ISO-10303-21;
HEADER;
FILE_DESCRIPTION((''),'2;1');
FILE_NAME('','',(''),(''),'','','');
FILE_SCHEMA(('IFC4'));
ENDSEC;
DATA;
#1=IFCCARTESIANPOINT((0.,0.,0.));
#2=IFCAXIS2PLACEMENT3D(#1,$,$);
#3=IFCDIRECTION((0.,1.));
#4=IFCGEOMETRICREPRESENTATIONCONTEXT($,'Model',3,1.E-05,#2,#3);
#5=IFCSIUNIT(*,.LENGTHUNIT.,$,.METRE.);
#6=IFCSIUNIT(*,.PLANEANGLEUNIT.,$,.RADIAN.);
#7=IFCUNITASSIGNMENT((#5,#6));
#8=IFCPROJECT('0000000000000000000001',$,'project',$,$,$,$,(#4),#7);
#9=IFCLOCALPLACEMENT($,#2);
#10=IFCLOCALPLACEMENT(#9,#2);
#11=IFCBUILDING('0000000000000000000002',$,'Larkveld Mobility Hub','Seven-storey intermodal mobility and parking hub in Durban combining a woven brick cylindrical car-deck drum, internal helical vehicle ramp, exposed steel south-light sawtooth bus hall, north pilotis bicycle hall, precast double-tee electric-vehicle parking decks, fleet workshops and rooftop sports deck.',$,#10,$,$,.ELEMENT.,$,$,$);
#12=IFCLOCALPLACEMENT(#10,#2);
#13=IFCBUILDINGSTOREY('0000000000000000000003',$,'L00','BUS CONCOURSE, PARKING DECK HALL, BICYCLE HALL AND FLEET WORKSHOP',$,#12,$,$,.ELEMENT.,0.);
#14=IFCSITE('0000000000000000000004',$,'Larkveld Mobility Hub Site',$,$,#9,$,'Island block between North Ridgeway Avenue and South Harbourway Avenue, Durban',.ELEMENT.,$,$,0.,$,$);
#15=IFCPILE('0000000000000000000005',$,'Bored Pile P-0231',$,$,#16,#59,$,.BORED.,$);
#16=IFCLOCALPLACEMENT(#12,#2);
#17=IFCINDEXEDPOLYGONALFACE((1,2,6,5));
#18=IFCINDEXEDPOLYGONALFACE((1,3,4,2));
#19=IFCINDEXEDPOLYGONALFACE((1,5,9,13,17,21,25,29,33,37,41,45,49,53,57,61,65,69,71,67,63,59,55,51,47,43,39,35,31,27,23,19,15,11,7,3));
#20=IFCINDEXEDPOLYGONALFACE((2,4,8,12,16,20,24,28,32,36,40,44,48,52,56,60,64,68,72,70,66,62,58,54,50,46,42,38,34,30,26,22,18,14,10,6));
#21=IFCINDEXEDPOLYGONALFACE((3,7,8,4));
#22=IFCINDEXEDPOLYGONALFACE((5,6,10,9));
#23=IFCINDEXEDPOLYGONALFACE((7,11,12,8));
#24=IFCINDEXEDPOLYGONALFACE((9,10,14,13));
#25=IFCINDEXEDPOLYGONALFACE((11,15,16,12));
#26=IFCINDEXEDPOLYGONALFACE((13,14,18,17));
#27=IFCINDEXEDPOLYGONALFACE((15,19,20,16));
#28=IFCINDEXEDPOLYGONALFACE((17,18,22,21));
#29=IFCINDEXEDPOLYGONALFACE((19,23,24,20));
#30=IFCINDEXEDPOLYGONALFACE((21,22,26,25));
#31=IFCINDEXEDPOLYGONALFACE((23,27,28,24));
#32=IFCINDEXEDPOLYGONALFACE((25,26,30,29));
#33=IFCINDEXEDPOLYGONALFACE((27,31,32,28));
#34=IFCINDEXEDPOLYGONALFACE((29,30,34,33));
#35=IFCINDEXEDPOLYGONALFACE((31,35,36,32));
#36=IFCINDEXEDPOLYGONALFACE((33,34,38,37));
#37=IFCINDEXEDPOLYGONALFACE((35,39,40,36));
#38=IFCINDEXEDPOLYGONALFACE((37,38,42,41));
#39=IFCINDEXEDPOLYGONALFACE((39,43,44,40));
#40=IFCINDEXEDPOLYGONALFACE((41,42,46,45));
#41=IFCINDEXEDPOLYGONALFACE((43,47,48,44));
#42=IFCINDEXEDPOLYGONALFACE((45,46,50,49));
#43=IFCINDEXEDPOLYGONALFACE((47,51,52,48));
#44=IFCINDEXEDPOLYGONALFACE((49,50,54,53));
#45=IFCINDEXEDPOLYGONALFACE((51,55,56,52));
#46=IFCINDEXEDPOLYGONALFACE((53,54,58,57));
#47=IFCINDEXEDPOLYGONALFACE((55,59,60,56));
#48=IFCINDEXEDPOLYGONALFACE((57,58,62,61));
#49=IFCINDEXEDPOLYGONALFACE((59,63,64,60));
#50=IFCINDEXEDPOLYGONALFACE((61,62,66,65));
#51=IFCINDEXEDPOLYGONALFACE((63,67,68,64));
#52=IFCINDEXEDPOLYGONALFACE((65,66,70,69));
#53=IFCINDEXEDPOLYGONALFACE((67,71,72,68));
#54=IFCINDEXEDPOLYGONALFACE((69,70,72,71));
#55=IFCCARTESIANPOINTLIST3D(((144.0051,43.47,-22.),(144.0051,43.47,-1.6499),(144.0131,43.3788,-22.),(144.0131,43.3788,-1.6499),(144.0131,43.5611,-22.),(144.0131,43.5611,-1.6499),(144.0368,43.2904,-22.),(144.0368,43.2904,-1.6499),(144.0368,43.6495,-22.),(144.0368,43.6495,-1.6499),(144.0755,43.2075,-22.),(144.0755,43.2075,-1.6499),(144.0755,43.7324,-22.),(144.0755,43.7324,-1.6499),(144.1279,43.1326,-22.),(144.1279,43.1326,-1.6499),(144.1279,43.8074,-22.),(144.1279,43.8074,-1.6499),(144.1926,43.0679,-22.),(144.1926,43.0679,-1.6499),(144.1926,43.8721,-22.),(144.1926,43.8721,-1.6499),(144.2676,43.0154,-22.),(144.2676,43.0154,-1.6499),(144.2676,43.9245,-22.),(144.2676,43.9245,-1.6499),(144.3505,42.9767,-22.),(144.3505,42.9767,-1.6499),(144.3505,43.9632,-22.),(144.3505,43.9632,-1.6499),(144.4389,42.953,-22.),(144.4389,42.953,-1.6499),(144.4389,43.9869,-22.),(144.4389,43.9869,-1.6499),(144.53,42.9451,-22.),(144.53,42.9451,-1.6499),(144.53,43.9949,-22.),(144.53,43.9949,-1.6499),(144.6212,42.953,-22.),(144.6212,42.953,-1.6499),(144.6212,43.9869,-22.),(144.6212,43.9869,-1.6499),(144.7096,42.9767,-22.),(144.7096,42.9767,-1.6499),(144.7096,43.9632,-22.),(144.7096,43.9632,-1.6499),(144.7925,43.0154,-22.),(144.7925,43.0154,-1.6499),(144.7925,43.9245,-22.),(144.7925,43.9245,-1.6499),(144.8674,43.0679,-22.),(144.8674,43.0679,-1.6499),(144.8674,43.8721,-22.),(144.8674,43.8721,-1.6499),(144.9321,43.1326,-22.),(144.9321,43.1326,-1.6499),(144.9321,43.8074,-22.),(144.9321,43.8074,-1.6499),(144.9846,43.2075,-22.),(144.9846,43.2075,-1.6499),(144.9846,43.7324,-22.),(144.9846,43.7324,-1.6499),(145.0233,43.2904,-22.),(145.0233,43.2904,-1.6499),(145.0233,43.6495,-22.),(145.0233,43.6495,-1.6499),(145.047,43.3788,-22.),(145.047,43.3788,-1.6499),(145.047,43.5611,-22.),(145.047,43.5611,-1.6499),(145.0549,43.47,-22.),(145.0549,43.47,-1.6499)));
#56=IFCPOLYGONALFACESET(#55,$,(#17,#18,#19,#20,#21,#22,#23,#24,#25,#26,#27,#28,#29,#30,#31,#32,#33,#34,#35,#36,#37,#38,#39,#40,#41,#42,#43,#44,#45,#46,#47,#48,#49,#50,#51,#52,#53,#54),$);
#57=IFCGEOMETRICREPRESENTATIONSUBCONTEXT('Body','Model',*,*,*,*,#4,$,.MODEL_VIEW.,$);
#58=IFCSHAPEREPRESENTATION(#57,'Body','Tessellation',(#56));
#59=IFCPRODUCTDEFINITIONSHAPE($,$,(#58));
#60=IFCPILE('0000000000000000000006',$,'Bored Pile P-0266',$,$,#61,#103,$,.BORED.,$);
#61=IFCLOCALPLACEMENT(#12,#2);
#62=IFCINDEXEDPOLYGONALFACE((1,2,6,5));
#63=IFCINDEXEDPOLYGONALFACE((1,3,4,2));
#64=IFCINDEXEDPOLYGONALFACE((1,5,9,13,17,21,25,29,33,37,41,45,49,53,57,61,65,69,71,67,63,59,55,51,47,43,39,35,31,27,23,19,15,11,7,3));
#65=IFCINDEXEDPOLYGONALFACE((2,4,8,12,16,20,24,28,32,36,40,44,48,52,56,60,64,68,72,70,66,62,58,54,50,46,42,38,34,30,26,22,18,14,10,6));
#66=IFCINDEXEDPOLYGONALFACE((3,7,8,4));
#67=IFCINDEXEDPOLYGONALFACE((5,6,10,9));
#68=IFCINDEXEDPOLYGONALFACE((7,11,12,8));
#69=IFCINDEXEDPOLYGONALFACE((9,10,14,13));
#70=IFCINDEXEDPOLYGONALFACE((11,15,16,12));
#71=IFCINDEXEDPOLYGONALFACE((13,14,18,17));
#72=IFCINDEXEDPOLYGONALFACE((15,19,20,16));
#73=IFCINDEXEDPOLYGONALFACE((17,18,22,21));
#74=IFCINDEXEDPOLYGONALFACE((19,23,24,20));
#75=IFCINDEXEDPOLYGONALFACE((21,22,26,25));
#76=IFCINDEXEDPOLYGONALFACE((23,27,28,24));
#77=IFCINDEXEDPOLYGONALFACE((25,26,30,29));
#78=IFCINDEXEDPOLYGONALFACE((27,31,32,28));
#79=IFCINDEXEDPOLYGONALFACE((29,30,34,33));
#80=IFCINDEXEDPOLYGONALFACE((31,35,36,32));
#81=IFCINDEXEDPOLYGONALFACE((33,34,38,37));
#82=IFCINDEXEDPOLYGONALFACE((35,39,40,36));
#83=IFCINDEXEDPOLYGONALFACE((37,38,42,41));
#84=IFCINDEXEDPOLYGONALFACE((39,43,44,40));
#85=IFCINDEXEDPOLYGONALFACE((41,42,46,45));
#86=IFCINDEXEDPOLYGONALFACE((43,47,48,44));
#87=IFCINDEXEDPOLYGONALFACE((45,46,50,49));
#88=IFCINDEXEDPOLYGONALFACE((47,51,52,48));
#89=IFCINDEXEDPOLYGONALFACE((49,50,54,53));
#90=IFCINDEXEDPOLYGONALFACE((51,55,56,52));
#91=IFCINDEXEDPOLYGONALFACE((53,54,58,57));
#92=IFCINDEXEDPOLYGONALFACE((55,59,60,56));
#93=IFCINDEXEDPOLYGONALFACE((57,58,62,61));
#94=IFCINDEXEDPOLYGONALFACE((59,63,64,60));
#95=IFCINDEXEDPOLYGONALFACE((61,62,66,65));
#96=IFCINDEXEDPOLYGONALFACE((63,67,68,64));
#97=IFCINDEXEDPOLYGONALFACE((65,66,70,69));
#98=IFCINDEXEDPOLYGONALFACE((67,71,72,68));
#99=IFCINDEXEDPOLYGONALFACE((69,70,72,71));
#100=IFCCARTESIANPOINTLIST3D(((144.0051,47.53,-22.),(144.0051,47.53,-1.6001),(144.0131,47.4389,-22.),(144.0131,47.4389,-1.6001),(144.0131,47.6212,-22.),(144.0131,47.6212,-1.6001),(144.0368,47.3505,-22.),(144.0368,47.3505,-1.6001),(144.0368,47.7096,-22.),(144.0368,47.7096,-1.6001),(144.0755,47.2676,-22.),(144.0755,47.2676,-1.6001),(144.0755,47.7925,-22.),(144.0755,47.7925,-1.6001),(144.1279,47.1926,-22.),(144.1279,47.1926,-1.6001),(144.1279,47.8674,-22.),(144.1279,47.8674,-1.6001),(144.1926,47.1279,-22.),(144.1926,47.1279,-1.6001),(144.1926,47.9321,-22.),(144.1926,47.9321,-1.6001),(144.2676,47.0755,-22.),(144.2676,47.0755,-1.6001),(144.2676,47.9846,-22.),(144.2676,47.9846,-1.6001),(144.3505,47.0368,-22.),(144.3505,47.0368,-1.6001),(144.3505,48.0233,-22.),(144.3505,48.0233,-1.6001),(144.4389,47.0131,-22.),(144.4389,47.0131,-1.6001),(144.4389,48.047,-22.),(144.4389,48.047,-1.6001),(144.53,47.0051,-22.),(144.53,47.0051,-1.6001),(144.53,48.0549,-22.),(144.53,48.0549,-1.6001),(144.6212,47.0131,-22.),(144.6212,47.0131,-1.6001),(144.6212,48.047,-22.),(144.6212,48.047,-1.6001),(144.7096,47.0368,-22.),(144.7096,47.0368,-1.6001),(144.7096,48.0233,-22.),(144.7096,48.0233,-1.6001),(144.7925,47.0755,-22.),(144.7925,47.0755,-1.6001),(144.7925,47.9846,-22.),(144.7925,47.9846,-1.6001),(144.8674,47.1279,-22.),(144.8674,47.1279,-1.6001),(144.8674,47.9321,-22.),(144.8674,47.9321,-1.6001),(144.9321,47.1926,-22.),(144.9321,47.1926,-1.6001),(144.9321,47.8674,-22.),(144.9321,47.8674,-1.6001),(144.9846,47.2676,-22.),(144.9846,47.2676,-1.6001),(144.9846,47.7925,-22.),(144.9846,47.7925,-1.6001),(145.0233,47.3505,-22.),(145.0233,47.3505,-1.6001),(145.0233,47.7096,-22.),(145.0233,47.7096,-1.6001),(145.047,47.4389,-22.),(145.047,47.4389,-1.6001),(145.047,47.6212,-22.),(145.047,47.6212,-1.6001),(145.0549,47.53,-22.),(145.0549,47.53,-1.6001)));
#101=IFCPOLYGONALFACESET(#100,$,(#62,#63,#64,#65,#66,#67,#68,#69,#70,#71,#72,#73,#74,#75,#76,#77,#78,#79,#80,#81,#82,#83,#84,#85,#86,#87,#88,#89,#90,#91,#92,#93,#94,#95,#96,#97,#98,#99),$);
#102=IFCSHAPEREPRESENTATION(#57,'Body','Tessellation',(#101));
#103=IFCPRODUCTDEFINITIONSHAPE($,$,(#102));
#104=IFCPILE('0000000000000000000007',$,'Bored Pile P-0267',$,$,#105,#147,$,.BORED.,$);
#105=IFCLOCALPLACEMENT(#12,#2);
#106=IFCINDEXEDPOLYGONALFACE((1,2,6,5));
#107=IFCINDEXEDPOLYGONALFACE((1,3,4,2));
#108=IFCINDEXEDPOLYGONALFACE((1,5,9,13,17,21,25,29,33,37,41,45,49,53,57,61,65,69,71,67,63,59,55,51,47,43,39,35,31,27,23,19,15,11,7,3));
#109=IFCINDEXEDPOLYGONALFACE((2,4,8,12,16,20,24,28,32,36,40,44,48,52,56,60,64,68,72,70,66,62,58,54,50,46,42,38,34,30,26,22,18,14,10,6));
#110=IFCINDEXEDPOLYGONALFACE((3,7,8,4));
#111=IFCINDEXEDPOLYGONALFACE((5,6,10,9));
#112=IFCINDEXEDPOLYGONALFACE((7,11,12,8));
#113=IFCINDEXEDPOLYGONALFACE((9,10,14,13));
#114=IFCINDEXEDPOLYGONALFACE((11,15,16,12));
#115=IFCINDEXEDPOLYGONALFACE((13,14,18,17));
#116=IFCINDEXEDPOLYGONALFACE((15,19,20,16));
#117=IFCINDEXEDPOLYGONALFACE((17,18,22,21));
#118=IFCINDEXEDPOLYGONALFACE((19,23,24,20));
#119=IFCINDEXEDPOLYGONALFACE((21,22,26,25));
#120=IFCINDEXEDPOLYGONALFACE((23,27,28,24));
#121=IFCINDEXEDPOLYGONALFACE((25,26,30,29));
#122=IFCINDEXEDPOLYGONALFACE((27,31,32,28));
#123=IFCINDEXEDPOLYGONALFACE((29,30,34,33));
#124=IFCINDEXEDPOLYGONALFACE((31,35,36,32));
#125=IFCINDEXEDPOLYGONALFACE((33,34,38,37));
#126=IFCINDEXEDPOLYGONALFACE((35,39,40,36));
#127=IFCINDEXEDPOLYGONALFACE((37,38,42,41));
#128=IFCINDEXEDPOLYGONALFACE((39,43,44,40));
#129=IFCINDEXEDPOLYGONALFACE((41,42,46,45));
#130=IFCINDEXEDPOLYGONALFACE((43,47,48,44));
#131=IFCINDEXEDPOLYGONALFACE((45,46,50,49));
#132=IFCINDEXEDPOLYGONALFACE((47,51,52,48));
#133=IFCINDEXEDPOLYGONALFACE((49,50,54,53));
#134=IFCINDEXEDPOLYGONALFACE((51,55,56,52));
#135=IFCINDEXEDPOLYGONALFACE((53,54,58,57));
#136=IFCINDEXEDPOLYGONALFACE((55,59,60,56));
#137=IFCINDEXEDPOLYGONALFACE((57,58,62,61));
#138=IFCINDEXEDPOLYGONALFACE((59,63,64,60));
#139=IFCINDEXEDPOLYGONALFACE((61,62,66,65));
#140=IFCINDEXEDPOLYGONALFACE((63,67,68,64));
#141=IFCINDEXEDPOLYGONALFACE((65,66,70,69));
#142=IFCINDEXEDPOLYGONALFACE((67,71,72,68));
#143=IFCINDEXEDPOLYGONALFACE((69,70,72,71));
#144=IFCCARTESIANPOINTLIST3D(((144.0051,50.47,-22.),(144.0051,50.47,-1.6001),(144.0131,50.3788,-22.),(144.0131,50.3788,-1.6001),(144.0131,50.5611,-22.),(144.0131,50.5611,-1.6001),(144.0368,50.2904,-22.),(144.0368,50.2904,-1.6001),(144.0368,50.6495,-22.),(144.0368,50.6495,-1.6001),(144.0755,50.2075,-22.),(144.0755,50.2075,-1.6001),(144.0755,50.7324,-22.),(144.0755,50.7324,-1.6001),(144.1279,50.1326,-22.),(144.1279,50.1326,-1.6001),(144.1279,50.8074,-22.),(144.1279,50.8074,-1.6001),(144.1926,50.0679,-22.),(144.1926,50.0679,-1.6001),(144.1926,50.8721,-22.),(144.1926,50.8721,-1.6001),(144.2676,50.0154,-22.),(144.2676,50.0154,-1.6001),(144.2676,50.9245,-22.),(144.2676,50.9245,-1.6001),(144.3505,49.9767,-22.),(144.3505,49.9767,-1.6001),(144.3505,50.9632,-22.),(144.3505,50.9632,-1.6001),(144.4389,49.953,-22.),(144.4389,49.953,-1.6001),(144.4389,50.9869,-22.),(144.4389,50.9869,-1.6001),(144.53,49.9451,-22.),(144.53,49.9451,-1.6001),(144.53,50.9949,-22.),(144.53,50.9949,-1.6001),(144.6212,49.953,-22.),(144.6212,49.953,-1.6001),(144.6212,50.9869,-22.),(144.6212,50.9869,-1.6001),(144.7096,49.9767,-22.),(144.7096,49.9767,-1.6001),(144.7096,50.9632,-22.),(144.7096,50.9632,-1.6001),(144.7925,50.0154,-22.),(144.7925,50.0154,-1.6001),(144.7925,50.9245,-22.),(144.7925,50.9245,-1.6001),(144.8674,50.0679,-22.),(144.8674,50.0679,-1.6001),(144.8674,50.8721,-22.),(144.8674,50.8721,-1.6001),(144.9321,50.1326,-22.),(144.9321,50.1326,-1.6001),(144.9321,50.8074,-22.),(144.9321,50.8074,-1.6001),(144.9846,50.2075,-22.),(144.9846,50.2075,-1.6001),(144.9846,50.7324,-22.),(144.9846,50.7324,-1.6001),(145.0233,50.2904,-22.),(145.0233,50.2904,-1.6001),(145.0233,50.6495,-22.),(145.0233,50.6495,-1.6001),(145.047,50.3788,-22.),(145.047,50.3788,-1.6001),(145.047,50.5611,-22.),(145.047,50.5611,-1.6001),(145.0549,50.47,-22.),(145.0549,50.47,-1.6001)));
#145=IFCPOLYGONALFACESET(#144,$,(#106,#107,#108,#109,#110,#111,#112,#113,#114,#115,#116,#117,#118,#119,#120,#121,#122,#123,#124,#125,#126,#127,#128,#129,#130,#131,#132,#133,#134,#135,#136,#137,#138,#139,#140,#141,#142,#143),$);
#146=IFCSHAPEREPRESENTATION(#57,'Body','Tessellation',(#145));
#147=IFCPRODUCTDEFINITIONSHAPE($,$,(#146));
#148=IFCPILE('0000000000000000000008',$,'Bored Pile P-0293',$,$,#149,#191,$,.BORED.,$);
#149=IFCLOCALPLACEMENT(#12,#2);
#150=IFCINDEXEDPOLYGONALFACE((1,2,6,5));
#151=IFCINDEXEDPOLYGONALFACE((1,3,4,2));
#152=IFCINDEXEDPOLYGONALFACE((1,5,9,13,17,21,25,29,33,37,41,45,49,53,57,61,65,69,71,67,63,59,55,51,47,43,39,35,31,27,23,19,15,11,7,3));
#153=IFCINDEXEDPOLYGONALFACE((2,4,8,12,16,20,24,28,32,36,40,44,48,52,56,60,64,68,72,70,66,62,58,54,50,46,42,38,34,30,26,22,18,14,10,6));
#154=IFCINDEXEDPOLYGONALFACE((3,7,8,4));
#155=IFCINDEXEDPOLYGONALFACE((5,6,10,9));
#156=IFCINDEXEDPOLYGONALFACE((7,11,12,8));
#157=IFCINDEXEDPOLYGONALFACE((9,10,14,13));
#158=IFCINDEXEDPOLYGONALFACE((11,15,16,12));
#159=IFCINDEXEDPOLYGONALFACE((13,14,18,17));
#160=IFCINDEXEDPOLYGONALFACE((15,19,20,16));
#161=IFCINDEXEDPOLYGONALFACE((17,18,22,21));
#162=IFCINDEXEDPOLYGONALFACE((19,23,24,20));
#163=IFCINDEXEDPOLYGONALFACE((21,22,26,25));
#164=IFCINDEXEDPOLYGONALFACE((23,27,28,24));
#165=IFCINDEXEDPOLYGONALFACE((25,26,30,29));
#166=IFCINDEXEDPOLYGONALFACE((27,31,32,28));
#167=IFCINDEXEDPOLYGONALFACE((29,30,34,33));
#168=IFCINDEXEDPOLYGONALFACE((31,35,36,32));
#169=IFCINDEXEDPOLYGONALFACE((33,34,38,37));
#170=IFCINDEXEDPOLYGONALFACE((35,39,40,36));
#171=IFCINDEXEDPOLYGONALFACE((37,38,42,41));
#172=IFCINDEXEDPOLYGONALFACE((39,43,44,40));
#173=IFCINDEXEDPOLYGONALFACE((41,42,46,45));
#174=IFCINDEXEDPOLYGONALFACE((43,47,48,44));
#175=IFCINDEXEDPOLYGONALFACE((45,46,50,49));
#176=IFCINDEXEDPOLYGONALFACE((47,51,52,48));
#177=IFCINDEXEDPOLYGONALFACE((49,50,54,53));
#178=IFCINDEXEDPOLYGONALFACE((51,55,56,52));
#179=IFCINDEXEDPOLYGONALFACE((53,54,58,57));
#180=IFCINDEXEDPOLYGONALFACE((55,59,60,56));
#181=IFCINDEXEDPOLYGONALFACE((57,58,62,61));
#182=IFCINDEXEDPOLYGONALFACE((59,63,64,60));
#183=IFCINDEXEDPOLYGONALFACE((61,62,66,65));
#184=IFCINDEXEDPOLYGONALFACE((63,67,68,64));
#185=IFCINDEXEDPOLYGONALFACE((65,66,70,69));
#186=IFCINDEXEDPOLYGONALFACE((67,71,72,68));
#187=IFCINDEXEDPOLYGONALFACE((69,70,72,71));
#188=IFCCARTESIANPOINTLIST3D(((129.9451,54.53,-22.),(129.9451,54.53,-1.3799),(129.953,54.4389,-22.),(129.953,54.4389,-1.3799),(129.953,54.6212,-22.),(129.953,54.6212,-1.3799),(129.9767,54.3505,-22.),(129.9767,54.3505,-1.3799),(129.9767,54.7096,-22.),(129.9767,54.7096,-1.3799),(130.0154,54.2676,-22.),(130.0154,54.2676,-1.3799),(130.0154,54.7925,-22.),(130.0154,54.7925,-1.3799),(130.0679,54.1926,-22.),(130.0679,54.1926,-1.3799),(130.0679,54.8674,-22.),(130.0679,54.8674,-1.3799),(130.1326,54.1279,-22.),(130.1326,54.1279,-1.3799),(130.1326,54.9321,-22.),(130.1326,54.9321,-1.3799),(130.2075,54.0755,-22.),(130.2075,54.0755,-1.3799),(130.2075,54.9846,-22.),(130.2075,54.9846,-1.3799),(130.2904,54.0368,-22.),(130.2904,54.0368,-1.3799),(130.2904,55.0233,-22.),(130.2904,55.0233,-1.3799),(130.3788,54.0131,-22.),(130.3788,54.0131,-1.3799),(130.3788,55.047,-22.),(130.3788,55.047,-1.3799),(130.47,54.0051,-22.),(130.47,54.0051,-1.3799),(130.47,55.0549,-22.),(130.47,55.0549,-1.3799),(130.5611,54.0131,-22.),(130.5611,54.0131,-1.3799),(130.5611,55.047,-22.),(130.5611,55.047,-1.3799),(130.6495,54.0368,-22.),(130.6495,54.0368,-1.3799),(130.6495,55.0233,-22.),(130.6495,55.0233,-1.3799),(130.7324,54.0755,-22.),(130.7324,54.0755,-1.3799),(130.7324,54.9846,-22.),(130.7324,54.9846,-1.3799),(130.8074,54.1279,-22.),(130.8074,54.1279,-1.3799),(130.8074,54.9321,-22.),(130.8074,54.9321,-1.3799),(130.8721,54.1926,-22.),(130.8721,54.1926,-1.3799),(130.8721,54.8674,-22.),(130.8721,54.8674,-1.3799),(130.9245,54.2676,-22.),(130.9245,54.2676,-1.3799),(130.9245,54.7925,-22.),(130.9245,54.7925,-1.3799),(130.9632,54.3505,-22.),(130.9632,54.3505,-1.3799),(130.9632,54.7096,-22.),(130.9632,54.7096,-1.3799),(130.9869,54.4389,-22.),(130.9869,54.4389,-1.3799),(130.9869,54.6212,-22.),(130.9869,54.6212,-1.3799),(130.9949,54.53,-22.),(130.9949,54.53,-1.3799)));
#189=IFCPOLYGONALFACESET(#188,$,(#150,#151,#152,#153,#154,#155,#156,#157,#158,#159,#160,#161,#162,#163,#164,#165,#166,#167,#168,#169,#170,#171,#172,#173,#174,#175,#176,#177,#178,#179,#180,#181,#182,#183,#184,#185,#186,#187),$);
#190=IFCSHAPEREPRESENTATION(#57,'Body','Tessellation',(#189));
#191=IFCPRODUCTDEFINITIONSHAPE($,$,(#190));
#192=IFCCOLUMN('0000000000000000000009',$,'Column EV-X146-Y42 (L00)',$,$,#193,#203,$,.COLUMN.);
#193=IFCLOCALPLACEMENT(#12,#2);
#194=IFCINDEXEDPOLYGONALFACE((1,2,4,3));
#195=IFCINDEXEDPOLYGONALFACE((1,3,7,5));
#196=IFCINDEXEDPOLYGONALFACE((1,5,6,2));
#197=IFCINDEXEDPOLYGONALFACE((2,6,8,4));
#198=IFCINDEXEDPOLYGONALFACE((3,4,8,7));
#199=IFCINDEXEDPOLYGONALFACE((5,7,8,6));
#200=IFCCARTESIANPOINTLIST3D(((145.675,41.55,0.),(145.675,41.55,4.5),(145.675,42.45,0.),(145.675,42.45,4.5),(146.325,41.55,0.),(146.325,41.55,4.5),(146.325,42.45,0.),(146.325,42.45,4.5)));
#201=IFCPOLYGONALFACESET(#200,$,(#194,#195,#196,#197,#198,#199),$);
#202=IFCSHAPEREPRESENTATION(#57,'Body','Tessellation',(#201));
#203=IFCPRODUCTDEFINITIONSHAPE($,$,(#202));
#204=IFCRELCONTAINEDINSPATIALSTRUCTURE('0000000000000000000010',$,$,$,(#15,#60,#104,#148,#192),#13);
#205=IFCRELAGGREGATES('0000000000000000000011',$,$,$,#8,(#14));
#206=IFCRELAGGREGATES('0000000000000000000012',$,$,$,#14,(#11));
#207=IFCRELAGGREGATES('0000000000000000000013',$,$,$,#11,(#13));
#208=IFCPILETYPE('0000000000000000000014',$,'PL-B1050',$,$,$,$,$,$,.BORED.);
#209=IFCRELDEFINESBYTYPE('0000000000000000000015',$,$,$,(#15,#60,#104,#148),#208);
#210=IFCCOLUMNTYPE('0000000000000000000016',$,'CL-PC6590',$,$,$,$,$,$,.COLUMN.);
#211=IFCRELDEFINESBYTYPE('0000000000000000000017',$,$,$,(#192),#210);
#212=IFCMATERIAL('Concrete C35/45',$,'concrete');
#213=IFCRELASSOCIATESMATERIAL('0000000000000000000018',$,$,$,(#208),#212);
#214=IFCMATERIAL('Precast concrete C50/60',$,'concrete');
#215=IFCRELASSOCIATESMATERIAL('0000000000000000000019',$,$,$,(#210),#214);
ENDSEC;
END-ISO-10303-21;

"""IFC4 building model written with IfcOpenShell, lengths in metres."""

from ifc_helpers import new_model, si_unit, direction, frame, origin, origin_2d, place, context, subcontext, project, spatial, rectangle, circle, extrude, material, material_profile, profile_set, type_object, element, save


model = new_model("IFC4")

# Units and contexts
model_context = context("Model", 3, precision=1e-05, world=origin(), true_north=direction((0.0, 1.0)))
body_context = subcontext(model_context, "Body", "Model", "MODEL_VIEW")
ifc_project = project(units=[si_unit("LENGTHUNIT", "METRE"), si_unit("PLANEANGLEUNIT", "RADIAN")], contexts=[model_context])

# Site, building, storey
site_placement = place(None, origin())
site = spatial("IfcSite", under=ifc_project, at=site_placement, Name="Larkveld Mobility Hub Site", LongName="Island block between North Ridgeway Avenue and South Harbourway Avenue, Durban", CompositionType="ELEMENT", RefElevation=0.0)
building_placement = place(site_placement, origin())
building = spatial("IfcBuilding", under=site, at=building_placement, Name="Larkveld Mobility Hub", Description="Seven-storey intermodal mobility and parking hub in Durban combining a woven brick cylindrical car-deck drum, internal helical vehicle ramp, exposed steel south-light sawtooth bus hall, north pilotis bicycle hall, precast double-tee electric-vehicle parking decks, fleet workshops and rooftop sports deck.", CompositionType="ELEMENT")
storey_placement = place(building_placement, origin())
storey = spatial("IfcBuildingStorey", under=building, at=storey_placement, Name="L00", Description="BUS CONCOURSE, PARKING DECK HALL, BICYCLE HALL AND FLEET WORKSHOP", CompositionType="ELEMENT", Elevation=0.0)

# Shared definitions
ifc_material_1 = material(Name="Concrete C35/45", Category="concrete")

# Piles
ifc_material_profile_1 = material_profile(ifc_material_1, circle(Radius=0.5249, at=origin_2d()), Name="PILE D1050")
ifc_profile_set_1 = profile_set([ifc_material_profile_1], Name="Concrete C35/45")
pile_type = type_object("IfcPileType", Name="PL-B1050", PredefinedType="BORED", material=ifc_profile_set_1)
for number, where, z_axis, x_axis, name in (
    (1, (144.53, 43.47, -1.6499), (0.0, 0.0, -1.0), (1.0, 0.0, 0.0), "Bored Pile P-0231"),
):
    element("IfcPile", number, at=place(storey_placement, frame(where, z_axis=z_axis, x_axis=x_axis)), inside=storey, type_object=pile_type, Name=name, PredefinedType="BORED", context=body_context, shape_type="SweptSolid", body=[
        extrude(circle(Radius=0.5249, at=origin_2d()), origin(), (0.0, 0.0, 1.0), 20.3501),
    ])
for number, where, z_axis, x_axis, name in (
    (2, (144.53, 47.53, -1.6001), (0.0, 0.0, -1.0), (1.0, 0.0, 0.0), "Bored Pile P-0266"),
    (3, (144.53, 50.47, -1.6001), (0.0, 0.0, -1.0), (1.0, 0.0, 0.0), "Bored Pile P-0267"),
):
    element("IfcPile", number, at=place(storey_placement, frame(where, z_axis=z_axis, x_axis=x_axis)), inside=storey, type_object=pile_type, Name=name, PredefinedType="BORED", context=body_context, shape_type="SweptSolid", body=[
        extrude(circle(Radius=0.5249, at=origin_2d()), origin(), (0.0, 0.0, 1.0), 20.3999),
    ])
pile_placement = place(storey_placement, frame((130.47, 54.53, -1.3799), z_axis=(0.0, 0.0, -1.0), x_axis=(1.0, 0.0, 0.0)))
element("IfcPile", 4, at=pile_placement, inside=storey, type_object=pile_type, Name="Bored Pile P-0293", PredefinedType="BORED", context=body_context, shape_type="SweptSolid", body=[
    extrude(circle(Radius=0.5249, at=origin_2d()), origin(), (0.0, 0.0, 1.0), 20.6201),
])

# Column
ifc_material_2 = material(Name="Precast concrete C50/60", Category="concrete")
ifc_material_profile_2 = material_profile(ifc_material_2, rectangle(XDim=0.6499, YDim=0.8999, at=origin_2d()), Name="RC COL 650x900")
ifc_profile_set_2 = profile_set([ifc_material_profile_2], Name="Precast concrete C50/60")
column_type = type_object("IfcColumnType", Name="CL-PC6590", PredefinedType="COLUMN", material=ifc_profile_set_2)
for number, where, z_axis, x_axis, name in (
    (5, (146.0, 42.0, 0.0), (0.0, 0.0, 1.0), (1.0, 0.0, 0.0), "Column EV-X146-Y42 (L00)"),
):
    element("IfcColumn", number, at=place(storey_placement, frame(where, z_axis=z_axis, x_axis=x_axis)), inside=storey, type_object=column_type, Name=name, PredefinedType="COLUMN", context=body_context, shape_type="SweptSolid", body=[
        extrude(rectangle(XDim=0.6499, YDim=0.8999, at=origin_2d()), origin(), (0.0, 0.0, 1.0), 4.5),
    ])

save(model, "model.ifc")
